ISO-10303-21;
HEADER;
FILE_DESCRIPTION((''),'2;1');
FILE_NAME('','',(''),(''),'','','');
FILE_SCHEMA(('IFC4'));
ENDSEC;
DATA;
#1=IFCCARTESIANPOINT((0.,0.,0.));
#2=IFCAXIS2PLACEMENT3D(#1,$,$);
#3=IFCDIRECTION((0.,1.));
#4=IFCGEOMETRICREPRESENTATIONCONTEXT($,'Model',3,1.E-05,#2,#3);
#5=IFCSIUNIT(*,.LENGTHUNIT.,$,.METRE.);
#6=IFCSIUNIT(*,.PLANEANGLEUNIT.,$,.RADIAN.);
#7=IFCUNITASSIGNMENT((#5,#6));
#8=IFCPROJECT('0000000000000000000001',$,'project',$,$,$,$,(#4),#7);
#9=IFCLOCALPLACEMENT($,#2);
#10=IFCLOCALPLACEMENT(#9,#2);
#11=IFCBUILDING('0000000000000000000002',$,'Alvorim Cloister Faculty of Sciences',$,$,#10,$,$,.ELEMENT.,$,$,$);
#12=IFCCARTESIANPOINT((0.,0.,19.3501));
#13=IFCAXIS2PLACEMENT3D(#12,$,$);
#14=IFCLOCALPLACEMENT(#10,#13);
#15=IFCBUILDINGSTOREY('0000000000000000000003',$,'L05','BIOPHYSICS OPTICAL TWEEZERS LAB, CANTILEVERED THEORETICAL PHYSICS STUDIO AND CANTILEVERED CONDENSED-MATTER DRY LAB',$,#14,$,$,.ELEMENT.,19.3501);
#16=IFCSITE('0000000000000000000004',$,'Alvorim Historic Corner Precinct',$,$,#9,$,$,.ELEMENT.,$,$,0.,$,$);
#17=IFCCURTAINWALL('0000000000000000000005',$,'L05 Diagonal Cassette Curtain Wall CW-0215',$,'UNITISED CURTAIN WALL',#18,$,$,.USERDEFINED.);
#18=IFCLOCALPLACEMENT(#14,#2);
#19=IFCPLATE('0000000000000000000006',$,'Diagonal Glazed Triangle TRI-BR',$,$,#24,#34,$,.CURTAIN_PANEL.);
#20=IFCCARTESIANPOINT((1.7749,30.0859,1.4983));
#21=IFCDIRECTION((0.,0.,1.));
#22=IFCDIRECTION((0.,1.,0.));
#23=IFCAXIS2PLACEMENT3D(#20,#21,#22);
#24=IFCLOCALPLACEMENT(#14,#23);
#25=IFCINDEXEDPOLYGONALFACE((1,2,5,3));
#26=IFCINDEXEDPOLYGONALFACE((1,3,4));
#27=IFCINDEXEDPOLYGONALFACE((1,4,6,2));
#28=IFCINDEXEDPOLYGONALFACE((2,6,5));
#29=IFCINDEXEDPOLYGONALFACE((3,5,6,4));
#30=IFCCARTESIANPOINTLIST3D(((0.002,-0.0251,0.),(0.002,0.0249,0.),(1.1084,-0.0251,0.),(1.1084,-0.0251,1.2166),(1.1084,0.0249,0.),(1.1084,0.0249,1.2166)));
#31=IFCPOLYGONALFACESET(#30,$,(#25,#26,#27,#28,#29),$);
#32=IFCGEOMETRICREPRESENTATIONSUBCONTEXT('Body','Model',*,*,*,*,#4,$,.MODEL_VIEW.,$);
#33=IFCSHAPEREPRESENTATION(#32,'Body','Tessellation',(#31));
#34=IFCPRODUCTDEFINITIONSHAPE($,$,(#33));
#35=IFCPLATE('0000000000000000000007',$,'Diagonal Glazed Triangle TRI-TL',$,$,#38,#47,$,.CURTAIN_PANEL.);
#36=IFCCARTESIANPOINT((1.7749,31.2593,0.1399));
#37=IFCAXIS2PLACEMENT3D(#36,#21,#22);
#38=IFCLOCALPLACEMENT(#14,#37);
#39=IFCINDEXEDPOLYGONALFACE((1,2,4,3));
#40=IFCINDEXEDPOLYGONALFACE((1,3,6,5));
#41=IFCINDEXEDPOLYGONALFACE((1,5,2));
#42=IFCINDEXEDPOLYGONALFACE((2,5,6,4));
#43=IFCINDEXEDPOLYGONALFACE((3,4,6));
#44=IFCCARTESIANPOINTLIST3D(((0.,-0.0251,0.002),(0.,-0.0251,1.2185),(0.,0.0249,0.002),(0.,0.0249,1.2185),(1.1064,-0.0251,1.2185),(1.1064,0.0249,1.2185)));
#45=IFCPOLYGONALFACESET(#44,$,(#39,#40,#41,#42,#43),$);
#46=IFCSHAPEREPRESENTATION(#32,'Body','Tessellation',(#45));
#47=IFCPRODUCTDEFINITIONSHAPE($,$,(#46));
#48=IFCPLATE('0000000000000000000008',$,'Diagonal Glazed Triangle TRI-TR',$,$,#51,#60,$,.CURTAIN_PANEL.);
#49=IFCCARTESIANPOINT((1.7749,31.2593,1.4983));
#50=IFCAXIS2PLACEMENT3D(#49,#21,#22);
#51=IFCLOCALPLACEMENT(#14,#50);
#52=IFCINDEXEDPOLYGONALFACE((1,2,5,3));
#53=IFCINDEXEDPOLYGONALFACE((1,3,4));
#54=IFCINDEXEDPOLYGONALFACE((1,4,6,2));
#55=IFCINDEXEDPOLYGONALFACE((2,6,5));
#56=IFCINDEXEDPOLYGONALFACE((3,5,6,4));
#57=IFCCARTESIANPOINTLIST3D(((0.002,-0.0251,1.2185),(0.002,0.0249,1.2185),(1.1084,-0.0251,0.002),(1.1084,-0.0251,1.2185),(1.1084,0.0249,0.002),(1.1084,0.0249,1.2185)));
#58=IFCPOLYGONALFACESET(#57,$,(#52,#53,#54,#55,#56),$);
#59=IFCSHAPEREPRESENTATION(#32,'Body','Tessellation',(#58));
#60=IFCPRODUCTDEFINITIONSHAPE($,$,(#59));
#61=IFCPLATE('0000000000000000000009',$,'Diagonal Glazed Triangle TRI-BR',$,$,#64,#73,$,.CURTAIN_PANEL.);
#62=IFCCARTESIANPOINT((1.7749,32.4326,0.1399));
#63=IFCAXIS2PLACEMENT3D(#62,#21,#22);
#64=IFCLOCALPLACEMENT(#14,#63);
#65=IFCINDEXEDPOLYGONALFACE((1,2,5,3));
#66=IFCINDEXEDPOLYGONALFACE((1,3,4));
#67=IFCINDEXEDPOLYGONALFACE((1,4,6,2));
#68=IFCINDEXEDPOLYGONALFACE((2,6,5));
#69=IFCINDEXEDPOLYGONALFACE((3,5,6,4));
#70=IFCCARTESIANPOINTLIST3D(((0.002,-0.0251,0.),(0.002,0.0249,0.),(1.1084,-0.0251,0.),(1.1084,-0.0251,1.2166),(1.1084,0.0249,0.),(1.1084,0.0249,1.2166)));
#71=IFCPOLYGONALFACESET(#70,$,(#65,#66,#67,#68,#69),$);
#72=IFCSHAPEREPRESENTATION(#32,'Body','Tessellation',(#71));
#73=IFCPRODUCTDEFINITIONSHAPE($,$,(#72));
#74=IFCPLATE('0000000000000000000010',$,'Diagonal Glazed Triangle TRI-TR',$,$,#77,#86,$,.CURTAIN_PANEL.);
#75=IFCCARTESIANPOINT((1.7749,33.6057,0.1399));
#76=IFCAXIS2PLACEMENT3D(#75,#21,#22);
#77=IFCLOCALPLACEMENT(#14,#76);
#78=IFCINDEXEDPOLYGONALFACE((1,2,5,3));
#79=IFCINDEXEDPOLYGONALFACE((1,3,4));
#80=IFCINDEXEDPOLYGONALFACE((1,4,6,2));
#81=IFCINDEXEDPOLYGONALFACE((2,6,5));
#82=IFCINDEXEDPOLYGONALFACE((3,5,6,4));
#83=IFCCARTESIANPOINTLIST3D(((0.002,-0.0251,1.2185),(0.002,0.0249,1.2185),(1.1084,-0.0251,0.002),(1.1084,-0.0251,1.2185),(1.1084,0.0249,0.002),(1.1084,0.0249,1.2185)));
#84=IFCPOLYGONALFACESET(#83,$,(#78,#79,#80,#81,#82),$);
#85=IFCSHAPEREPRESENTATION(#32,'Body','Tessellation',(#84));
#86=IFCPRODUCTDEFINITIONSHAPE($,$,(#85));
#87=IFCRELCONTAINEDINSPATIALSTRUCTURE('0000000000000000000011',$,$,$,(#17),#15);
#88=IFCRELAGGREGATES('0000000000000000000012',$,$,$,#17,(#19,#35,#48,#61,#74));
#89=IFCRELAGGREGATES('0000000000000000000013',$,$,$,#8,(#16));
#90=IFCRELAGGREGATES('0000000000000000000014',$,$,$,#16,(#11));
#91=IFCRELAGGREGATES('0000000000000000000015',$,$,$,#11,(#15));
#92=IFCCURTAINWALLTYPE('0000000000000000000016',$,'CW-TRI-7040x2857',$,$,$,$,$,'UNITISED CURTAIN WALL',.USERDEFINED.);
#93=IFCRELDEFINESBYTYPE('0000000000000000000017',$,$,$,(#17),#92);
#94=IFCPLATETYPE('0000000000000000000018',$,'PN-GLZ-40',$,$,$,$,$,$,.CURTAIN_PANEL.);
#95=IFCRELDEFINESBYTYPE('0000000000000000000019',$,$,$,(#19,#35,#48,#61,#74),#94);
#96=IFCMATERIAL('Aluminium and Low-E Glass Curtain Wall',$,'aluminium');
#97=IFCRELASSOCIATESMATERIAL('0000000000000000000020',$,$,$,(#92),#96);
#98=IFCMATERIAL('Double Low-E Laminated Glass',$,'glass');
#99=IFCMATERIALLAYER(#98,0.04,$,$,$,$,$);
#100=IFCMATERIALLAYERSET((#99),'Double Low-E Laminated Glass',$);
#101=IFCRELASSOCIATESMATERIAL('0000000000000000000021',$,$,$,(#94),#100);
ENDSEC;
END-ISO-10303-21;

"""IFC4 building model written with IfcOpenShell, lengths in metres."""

from ifc_helpers import new_model, si_unit, direction, frame, origin, place, context, subcontext, project, spatial, polyline, outline, extrude, material, layer, layer_set, type_object, element, aggregate, save


model = new_model("IFC4")

# Units and contexts
model_context = context("Model", 3, precision=1e-05, world=origin(), true_north=direction((0.0, 1.0)))
body_context = subcontext(model_context, "Body", "Model", "MODEL_VIEW")
ifc_project = project(units=[si_unit("LENGTHUNIT", "METRE"), si_unit("PLANEANGLEUNIT", "RADIAN")], contexts=[model_context])

# Site, building, storey
site_placement = place(None, origin())
site = spatial("IfcSite", under=ifc_project, at=site_placement, Name="Alvorim Historic Corner Precinct", CompositionType="ELEMENT", RefElevation=0.0)
building_placement = place(site_placement, origin())
building = spatial("IfcBuilding", under=site, at=building_placement, Name="Alvorim Cloister Faculty of Sciences", CompositionType="ELEMENT")
storey_placement = place(building_placement, frame((0.0, 0.0, 19.3501)))
storey = spatial("IfcBuildingStorey", under=building, at=storey_placement, Name="L05", Description="BIOPHYSICS OPTICAL TWEEZERS LAB, CANTILEVERED THEORETICAL PHYSICS STUDIO AND CANTILEVERED CONDENSED-MATTER DRY LAB", CompositionType="ELEMENT", Elevation=19.3501)

# Curtain wall, plates
ifc_material_1 = material(Name="Aluminium and Low-E Glass Curtain Wall", Category="aluminium")
curtain_wall_type = type_object("IfcCurtainWallType", Name="CW-TRI-7040x2857", ElementType="UNITISED CURTAIN WALL", PredefinedType="USERDEFINED", material=ifc_material_1)
curtain_wall_placement = place(storey_placement, origin())
curtain_wall = element("IfcCurtainWall", 1, at=curtain_wall_placement, inside=storey, type_object=curtain_wall_type, Name="L05 Diagonal Cassette Curtain Wall CW-0215", ObjectType="UNITISED CURTAIN WALL", PredefinedType="USERDEFINED")
ifc_material_2 = material(Name="Double Low-E Laminated Glass", Category="glass")
ifc_layer = layer(ifc_material_2, 0.04)
ifc_layer_set = layer_set([ifc_layer], Name="Double Low-E Laminated Glass")
plate_type = type_object("IfcPlateType", Name="PN-GLZ-40", PredefinedType="CURTAIN_PANEL", material=ifc_layer_set)
plate_1_placement = place(storey_placement, frame((1.7749, 30.0859, 1.4983), z_axis=(0.0, 0.0, 1.0), x_axis=(0.0, 1.0, 0.0)))
plate_1 = element("IfcPlate", 2, at=plate_1_placement, type_object=plate_type, Name="Diagonal Glazed Triangle TRI-BR", PredefinedType="CURTAIN_PANEL", context=body_context, shape_type="SweptSolid", body=[
    extrude(outline(polyline([(0.002, 0.0), (1.1084, 0.0), (1.1084, 1.2166), (0.002, 0.0)])), frame((0.0, 0.0249, 0.0), z_axis=(0.0, -1.0, 0.0), x_axis=(1.0, 0.0, 0.0)), (0.0, 0.0, 1.0), 0.05),
])
plate_2_placement = place(storey_placement, frame((1.7749, 31.2593, 0.1399), z_axis=(0.0, 0.0, 1.0), x_axis=(0.0, 1.0, 0.0)))
plate_2 = element("IfcPlate", 3, at=plate_2_placement, type_object=plate_type, Name="Diagonal Glazed Triangle TRI-TL", PredefinedType="CURTAIN_PANEL", context=body_context, shape_type="SweptSolid", body=[
    extrude(outline(polyline([(1.1064, 1.2185), (0.0, 1.2185), (0.0, 0.002), (1.1064, 1.2185)])), frame((0.0, 0.0249, 0.0), z_axis=(0.0, -1.0, 0.0), x_axis=(1.0, 0.0, 0.0)), (0.0, 0.0, 1.0), 0.05),
])
plate_3_placement = place(storey_placement, frame((1.7749, 31.2593, 1.4983), z_axis=(0.0, 0.0, 1.0), x_axis=(0.0, 1.0, 0.0)))
plate_3 = element("IfcPlate", 4, at=plate_3_placement, type_object=plate_type, Name="Diagonal Glazed Triangle TRI-TR", PredefinedType="CURTAIN_PANEL", context=body_context, shape_type="SweptSolid", body=[
    extrude(outline(polyline([(1.1084, 0.002), (1.1084, 1.2185), (0.002, 1.2185), (1.1084, 0.002)])), frame((0.0, 0.0249, 0.0), z_axis=(0.0, -1.0, 0.0), x_axis=(1.0, 0.0, 0.0)), (0.0, 0.0, 1.0), 0.05),
])
plate_4_placement = place(storey_placement, frame((1.7749, 32.4326, 0.1399), z_axis=(0.0, 0.0, 1.0), x_axis=(0.0, 1.0, 0.0)))
plate_4 = element("IfcPlate", 5, at=plate_4_placement, type_object=plate_type, Name="Diagonal Glazed Triangle TRI-BR", PredefinedType="CURTAIN_PANEL", context=body_context, shape_type="SweptSolid", body=[
    extrude(outline(polyline([(0.002, 0.0), (1.1084, 0.0), (1.1084, 1.2166), (0.002, 0.0)])), frame((0.0, 0.0249, 0.0), z_axis=(0.0, -1.0, 0.0), x_axis=(1.0, 0.0, 0.0)), (0.0, 0.0, 1.0), 0.05),
])
plate_5_placement = place(storey_placement, frame((1.7749, 33.6057, 0.1399), z_axis=(0.0, 0.0, 1.0), x_axis=(0.0, 1.0, 0.0)))
plate_5 = element("IfcPlate", 6, at=plate_5_placement, type_object=plate_type, Name="Diagonal Glazed Triangle TRI-TR", PredefinedType="CURTAIN_PANEL", context=body_context, shape_type="SweptSolid", body=[
    extrude(outline(polyline([(1.1084, 0.002), (1.1084, 1.2185), (0.002, 1.2185), (1.1084, 0.002)])), frame((0.0, 0.0249, 0.0), z_axis=(0.0, -1.0, 0.0), x_axis=(1.0, 0.0, 0.0)), (0.0, 0.0, 1.0), 0.05),
])
aggregate(curtain_wall, [plate_1, plate_2, plate_3, plate_4, plate_5])

save(model, "model.ifc")
